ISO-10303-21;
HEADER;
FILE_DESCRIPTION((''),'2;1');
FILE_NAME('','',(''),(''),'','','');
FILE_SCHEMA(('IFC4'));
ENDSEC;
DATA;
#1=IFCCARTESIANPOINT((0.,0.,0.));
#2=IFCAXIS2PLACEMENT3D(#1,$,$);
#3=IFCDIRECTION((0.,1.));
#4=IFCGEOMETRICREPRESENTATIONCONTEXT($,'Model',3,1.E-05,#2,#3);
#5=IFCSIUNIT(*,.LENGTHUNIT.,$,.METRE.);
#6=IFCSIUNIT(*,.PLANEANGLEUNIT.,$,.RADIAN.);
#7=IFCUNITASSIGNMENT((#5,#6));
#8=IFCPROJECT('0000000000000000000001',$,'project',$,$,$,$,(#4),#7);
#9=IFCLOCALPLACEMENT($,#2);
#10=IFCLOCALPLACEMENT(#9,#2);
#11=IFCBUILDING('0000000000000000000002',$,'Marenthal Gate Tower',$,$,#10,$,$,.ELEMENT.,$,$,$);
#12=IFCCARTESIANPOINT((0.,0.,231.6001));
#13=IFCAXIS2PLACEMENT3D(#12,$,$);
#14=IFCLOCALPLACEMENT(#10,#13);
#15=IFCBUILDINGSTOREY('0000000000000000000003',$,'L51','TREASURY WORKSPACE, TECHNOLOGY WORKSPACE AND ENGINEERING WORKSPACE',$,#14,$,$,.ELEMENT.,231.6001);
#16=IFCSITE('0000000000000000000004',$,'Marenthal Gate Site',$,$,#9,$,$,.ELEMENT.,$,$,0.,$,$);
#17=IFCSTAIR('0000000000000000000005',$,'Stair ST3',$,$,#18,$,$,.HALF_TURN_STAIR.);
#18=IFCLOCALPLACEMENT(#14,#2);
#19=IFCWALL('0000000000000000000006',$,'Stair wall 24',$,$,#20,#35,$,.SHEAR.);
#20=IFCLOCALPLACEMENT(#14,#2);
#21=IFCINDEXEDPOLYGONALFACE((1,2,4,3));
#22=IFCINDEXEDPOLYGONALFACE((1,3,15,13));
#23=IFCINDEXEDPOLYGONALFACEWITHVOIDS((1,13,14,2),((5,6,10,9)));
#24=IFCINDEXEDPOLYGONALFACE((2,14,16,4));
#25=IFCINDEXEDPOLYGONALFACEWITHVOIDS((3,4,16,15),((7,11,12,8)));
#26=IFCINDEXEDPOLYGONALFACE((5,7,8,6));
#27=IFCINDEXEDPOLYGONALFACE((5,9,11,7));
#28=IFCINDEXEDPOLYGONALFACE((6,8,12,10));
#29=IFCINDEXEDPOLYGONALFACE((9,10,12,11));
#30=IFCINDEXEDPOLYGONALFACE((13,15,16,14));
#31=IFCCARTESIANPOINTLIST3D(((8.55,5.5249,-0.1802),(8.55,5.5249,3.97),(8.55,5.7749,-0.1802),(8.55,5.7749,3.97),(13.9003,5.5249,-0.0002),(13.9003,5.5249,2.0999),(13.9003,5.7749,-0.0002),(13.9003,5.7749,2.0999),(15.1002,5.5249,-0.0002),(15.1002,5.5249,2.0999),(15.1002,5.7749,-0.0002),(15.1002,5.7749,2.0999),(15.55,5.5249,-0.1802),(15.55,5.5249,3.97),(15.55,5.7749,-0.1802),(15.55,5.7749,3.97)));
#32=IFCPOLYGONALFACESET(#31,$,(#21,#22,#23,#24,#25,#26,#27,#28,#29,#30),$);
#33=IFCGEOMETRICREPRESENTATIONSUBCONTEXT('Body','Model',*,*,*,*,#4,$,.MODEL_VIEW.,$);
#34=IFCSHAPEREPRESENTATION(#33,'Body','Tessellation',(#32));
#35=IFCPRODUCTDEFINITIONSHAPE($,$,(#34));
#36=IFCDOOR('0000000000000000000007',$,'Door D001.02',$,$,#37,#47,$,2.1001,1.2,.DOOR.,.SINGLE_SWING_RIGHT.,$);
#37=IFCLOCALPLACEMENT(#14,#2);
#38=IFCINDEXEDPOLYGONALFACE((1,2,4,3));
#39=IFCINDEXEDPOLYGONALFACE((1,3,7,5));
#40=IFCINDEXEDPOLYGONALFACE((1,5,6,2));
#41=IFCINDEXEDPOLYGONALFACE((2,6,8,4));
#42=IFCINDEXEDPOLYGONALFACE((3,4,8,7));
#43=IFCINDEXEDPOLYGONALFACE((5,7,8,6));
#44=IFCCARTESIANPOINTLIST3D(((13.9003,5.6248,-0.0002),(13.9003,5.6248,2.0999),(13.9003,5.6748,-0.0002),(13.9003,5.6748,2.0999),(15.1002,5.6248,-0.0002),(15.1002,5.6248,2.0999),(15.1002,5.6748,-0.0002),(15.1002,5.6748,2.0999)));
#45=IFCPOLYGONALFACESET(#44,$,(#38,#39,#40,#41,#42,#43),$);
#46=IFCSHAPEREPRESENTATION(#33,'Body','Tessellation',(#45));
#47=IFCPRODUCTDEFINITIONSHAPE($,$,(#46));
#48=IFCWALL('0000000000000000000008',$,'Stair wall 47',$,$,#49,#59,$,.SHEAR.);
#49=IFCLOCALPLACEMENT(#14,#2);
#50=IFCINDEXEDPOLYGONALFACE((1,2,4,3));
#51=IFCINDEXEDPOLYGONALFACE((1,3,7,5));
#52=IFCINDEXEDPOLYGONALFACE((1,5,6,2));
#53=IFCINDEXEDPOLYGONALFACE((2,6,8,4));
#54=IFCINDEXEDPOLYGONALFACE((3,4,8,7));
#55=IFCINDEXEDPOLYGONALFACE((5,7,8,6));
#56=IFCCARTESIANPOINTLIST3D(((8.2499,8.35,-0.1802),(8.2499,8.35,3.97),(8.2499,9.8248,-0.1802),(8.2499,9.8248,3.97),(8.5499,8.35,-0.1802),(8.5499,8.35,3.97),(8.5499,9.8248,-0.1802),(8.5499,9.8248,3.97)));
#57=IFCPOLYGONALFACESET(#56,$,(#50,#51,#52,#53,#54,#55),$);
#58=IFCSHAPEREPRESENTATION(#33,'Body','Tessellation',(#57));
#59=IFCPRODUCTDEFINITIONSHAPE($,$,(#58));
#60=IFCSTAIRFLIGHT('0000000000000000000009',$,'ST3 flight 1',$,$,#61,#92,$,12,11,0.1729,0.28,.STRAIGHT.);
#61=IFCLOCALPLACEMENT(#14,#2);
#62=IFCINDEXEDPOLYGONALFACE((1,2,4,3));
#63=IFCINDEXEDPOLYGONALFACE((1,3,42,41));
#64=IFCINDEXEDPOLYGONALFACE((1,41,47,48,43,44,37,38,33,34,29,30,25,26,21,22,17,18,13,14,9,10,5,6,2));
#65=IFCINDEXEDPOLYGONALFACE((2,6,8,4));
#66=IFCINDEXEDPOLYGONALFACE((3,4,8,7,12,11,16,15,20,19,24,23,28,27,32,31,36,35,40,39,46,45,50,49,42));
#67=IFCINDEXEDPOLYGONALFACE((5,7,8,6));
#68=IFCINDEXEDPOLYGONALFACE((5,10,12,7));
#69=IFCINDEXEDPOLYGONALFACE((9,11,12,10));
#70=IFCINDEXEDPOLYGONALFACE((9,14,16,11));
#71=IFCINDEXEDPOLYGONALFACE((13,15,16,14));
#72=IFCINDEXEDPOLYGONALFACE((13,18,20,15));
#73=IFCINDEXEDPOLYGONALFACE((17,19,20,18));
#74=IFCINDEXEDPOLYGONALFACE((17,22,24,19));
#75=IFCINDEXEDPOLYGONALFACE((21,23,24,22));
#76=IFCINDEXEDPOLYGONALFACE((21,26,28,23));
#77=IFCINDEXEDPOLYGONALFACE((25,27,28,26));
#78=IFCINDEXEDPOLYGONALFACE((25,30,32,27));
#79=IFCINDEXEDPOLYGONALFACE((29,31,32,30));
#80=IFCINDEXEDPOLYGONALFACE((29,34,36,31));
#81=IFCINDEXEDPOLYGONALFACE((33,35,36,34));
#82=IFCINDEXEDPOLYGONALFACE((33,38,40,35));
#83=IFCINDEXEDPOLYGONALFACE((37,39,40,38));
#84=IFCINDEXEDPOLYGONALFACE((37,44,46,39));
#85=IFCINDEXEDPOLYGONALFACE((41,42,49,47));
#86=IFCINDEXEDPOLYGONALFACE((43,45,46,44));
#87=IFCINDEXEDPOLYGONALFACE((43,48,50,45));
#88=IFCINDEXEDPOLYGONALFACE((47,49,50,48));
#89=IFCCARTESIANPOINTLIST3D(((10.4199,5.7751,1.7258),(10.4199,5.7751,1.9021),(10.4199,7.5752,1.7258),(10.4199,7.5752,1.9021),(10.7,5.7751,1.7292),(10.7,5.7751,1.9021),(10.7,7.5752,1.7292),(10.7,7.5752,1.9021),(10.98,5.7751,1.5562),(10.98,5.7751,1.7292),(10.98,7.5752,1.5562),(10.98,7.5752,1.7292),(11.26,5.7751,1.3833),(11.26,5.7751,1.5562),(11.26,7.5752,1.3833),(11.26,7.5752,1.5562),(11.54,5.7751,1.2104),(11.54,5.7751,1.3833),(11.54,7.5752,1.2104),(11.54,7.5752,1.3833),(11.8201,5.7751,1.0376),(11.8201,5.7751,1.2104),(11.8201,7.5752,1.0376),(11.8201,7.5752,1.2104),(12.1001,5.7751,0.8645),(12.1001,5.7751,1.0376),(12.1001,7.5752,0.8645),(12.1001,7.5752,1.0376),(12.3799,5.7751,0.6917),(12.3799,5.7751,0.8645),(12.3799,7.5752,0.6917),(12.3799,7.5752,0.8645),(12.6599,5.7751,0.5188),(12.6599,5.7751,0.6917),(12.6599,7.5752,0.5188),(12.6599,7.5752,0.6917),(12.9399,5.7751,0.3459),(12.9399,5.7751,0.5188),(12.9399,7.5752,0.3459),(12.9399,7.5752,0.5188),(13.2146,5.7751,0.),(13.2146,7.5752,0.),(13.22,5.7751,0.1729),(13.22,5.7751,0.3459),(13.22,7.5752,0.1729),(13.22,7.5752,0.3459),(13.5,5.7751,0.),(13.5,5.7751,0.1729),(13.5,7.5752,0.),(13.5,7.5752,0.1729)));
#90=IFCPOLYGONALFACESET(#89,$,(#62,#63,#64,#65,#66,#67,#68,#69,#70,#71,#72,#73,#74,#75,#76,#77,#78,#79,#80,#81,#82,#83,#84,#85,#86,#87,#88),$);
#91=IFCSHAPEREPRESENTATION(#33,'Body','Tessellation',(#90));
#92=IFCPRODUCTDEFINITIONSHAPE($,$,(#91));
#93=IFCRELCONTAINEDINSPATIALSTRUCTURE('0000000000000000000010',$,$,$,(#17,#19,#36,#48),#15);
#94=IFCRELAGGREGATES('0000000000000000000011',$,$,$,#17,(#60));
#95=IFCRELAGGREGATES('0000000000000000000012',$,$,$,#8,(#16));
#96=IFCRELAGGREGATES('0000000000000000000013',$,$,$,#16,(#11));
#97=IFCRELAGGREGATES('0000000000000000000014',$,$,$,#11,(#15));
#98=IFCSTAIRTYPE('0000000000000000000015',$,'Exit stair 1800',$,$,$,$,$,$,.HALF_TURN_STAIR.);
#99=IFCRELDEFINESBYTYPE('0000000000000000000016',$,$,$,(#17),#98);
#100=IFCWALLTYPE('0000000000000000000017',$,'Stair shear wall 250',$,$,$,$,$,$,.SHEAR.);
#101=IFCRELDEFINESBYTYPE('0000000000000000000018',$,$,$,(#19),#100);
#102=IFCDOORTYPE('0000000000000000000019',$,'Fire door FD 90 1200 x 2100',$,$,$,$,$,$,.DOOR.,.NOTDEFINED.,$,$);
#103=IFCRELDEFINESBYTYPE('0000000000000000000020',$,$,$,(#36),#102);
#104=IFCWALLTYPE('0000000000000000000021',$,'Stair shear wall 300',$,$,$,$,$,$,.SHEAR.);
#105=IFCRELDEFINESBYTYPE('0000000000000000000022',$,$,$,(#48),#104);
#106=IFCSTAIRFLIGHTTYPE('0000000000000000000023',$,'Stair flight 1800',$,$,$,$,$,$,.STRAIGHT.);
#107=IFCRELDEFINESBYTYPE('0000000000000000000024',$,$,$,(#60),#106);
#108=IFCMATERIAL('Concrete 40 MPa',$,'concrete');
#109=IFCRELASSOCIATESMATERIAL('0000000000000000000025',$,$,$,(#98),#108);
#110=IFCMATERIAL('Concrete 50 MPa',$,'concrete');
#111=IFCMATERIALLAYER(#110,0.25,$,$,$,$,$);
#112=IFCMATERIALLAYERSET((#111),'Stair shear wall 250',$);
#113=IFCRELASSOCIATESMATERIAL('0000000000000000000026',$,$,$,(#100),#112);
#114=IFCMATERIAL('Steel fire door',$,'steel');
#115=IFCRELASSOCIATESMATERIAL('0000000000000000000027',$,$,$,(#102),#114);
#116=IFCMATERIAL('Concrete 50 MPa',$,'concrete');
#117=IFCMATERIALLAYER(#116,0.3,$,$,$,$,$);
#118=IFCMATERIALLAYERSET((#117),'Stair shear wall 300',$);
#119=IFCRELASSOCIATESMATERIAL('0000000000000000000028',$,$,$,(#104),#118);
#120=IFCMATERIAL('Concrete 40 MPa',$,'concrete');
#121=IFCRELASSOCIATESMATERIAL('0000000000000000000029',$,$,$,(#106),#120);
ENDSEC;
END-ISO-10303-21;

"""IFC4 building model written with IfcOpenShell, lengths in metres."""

from ifc_helpers import new_model, si_unit, direction, frame, frame_2d, origin, place, context, subcontext, project, spatial, polyline, rectangle, outline, extrude, material, layer, layer_set, type_object, element, fill, aggregate, save


model = new_model("IFC4")

# Units and contexts
model_context = context("Model", 3, precision=1e-05, world=origin(), true_north=direction((0.0, 1.0)))
body_context = subcontext(model_context, "Body", "Model", "MODEL_VIEW")
ifc_project = project(units=[si_unit("LENGTHUNIT", "METRE"), si_unit("PLANEANGLEUNIT", "RADIAN")], contexts=[model_context])

# Site, building, storey
site_placement = place(None, origin())
site = spatial("IfcSite", under=ifc_project, at=site_placement, Name="Marenthal Gate Site", CompositionType="ELEMENT", RefElevation=0.0)
building_placement = place(site_placement, origin())
building = spatial("IfcBuilding", under=site, at=building_placement, Name="Marenthal Gate Tower", CompositionType="ELEMENT")
storey_placement = place(building_placement, frame((0.0, 0.0, 231.6001)))
storey = spatial("IfcBuildingStorey", under=building, at=storey_placement, Name="L51", Description="TREASURY WORKSPACE, TECHNOLOGY WORKSPACE AND ENGINEERING WORKSPACE", CompositionType="ELEMENT", Elevation=231.6001)

# Stair
ifc_material_1 = material(Name="Concrete 40 MPa", Category="concrete")
stair_type = type_object("IfcStairType", Name="Exit stair 1800", PredefinedType="HALF_TURN_STAIR", material=ifc_material_1)
stair_1_placement = place(storey_placement, origin())
stair_1 = element("IfcStair", 1, at=stair_1_placement, inside=storey, type_object=stair_type, Name="Stair ST3", PredefinedType="HALF_TURN_STAIR")

# Wall, opening, door
ifc_material_2 = material(Name="Concrete 50 MPa", Category="concrete")
ifc_layer_1 = layer(ifc_material_2, 0.25)
ifc_layer_set_1 = layer_set([ifc_layer_1], Name="Stair shear wall 250")
wall_type_1 = type_object("IfcWallType", Name="Stair shear wall 250", PredefinedType="SHEAR", material=ifc_layer_set_1)
wall_1_placement = place(storey_placement, frame((8.55, 5.6499, -0.1802), z_axis=(0.0, 0.0, 1.0), x_axis=(1.0, 0.0, 0.0)))
wall_1 = element("IfcWall", 2, at=wall_1_placement, inside=storey, type_object=wall_type_1, Name="Stair wall 24", PredefinedType="SHEAR", context=body_context, shape_type="SweptSolid", body=[
    extrude(rectangle(XDim=7.0, YDim=0.25, at=frame_2d((3.5, 0.0))), origin(), (0.0, 0.0, 1.0), 4.1501),
])
opening_placement = place(wall_1_placement, frame((5.3501, 0.0, 0.1799)))
opening = element("IfcOpeningElement", 3, at=opening_placement, cuts=wall_1, PredefinedType="OPENING", context=body_context, shape_type="SweptSolid", body=[
    extrude(rectangle(XDim=1.2, YDim=2.1001, at=frame_2d((0.6001, 1.05))), frame((0.0, 0.135, 0.0), z_axis=(0.0, -1.0, 0.0), x_axis=(1.0, 0.0, 0.0)), (0.0, 0.0, 1.0), 0.27),
])
ifc_material_3 = material(Name="Steel fire door", Category="steel")
door_type = type_object("IfcDoorType", Name="Fire door FD 90 1200 x 2100", OperationType="NOTDEFINED", PredefinedType="DOOR", material=ifc_material_3)
door_placement = place(opening_placement, origin())
door = element("IfcDoor", 4, at=door_placement, inside=storey, type_object=door_type, Name="Door D001.02", OperationType="SINGLE_SWING_RIGHT", OverallHeight=2.1001, OverallWidth=1.2, PredefinedType="DOOR", context=body_context, shape_type="SweptSolid", body=[
    extrude(rectangle(XDim=1.2, YDim=2.1001, at=frame_2d((0.6001, 1.05))), frame((0.0, 0.0249, 0.0), z_axis=(0.0, -1.0, 0.0), x_axis=(1.0, 0.0, 0.0)), (0.0, 0.0, 1.0), 0.05),
])
fill(opening, door)

# Wall
ifc_material_4 = material(Name="Concrete 50 MPa", Category="concrete")
ifc_layer_2 = layer(ifc_material_4, 0.3)
ifc_layer_set_2 = layer_set([ifc_layer_2], Name="Stair shear wall 300")
wall_type_2 = type_object("IfcWallType", Name="Stair shear wall 300", PredefinedType="SHEAR", material=ifc_layer_set_2)
wall_2_placement = place(storey_placement, frame((8.3999, 8.3501, -0.1802), z_axis=(0.0, 0.0, 1.0), x_axis=(0.0, 1.0, 0.0)))
element("IfcWall", 5, at=wall_2_placement, inside=storey, type_object=wall_type_2, Name="Stair wall 47", PredefinedType="SHEAR", context=body_context, shape_type="SweptSolid", body=[
    extrude(rectangle(XDim=1.4749, YDim=0.3, at=frame_2d((0.7373, 0.0))), origin(), (0.0, 0.0, 1.0), 4.1501),
])

# Stair flight
ifc_material_5 = material(Name="Concrete 40 MPa", Category="concrete")
stair_flight_type = type_object("IfcStairFlightType", Name="Stair flight 1800", PredefinedType="STRAIGHT", material=ifc_material_5)
stair_flight_placement = place(storey_placement, frame((13.5, 6.675, 0.0), z_axis=(0.0, 0.0, 1.0), x_axis=(-1.0, 0.0, 0.0)))
stair_flight = element("IfcStairFlight", 6, at=stair_flight_placement, type_object=stair_flight_type, Name="ST3 flight 1", NumberOfRisers=12, NumberOfTreads=11, PredefinedType="STRAIGHT", RiserHeight=0.1729, TreadLength=0.28, context=body_context, shape_type="SweptSolid", body=[
    extrude(outline(polyline([(0.0, 0.0), (0.0, 0.1729), (0.28, 0.1729), (0.28, 0.3459), (0.5601, 0.3459), (0.5601, 0.5188), (0.8401, 0.5188), (0.8401, 0.6917), (1.1201, 0.6917), (1.1201, 0.8645), (1.3999, 0.8645), (1.3999, 1.0376), (1.6799, 1.0376), (1.6799, 1.2104), (1.96, 1.2104), (1.96, 1.3833), (2.24, 1.3833), (2.24, 1.5562), (2.52, 1.5562), (2.52, 1.7292), (2.8, 1.7292), (2.8, 1.9021), (3.0801, 1.9021), (3.0801, 2.075), (3.0801, 1.7258), (0.2854, 0.0), (0.0, 0.0)])), frame((0.0, 0.8999, 0.0), z_axis=(0.0, -1.0, 0.0), x_axis=(1.0, 0.0, 0.0)), (0.0, 0.0, 1.0), 1.8),
])
aggregate(stair_1, [stair_flight])

save(model, "model.ifc")
